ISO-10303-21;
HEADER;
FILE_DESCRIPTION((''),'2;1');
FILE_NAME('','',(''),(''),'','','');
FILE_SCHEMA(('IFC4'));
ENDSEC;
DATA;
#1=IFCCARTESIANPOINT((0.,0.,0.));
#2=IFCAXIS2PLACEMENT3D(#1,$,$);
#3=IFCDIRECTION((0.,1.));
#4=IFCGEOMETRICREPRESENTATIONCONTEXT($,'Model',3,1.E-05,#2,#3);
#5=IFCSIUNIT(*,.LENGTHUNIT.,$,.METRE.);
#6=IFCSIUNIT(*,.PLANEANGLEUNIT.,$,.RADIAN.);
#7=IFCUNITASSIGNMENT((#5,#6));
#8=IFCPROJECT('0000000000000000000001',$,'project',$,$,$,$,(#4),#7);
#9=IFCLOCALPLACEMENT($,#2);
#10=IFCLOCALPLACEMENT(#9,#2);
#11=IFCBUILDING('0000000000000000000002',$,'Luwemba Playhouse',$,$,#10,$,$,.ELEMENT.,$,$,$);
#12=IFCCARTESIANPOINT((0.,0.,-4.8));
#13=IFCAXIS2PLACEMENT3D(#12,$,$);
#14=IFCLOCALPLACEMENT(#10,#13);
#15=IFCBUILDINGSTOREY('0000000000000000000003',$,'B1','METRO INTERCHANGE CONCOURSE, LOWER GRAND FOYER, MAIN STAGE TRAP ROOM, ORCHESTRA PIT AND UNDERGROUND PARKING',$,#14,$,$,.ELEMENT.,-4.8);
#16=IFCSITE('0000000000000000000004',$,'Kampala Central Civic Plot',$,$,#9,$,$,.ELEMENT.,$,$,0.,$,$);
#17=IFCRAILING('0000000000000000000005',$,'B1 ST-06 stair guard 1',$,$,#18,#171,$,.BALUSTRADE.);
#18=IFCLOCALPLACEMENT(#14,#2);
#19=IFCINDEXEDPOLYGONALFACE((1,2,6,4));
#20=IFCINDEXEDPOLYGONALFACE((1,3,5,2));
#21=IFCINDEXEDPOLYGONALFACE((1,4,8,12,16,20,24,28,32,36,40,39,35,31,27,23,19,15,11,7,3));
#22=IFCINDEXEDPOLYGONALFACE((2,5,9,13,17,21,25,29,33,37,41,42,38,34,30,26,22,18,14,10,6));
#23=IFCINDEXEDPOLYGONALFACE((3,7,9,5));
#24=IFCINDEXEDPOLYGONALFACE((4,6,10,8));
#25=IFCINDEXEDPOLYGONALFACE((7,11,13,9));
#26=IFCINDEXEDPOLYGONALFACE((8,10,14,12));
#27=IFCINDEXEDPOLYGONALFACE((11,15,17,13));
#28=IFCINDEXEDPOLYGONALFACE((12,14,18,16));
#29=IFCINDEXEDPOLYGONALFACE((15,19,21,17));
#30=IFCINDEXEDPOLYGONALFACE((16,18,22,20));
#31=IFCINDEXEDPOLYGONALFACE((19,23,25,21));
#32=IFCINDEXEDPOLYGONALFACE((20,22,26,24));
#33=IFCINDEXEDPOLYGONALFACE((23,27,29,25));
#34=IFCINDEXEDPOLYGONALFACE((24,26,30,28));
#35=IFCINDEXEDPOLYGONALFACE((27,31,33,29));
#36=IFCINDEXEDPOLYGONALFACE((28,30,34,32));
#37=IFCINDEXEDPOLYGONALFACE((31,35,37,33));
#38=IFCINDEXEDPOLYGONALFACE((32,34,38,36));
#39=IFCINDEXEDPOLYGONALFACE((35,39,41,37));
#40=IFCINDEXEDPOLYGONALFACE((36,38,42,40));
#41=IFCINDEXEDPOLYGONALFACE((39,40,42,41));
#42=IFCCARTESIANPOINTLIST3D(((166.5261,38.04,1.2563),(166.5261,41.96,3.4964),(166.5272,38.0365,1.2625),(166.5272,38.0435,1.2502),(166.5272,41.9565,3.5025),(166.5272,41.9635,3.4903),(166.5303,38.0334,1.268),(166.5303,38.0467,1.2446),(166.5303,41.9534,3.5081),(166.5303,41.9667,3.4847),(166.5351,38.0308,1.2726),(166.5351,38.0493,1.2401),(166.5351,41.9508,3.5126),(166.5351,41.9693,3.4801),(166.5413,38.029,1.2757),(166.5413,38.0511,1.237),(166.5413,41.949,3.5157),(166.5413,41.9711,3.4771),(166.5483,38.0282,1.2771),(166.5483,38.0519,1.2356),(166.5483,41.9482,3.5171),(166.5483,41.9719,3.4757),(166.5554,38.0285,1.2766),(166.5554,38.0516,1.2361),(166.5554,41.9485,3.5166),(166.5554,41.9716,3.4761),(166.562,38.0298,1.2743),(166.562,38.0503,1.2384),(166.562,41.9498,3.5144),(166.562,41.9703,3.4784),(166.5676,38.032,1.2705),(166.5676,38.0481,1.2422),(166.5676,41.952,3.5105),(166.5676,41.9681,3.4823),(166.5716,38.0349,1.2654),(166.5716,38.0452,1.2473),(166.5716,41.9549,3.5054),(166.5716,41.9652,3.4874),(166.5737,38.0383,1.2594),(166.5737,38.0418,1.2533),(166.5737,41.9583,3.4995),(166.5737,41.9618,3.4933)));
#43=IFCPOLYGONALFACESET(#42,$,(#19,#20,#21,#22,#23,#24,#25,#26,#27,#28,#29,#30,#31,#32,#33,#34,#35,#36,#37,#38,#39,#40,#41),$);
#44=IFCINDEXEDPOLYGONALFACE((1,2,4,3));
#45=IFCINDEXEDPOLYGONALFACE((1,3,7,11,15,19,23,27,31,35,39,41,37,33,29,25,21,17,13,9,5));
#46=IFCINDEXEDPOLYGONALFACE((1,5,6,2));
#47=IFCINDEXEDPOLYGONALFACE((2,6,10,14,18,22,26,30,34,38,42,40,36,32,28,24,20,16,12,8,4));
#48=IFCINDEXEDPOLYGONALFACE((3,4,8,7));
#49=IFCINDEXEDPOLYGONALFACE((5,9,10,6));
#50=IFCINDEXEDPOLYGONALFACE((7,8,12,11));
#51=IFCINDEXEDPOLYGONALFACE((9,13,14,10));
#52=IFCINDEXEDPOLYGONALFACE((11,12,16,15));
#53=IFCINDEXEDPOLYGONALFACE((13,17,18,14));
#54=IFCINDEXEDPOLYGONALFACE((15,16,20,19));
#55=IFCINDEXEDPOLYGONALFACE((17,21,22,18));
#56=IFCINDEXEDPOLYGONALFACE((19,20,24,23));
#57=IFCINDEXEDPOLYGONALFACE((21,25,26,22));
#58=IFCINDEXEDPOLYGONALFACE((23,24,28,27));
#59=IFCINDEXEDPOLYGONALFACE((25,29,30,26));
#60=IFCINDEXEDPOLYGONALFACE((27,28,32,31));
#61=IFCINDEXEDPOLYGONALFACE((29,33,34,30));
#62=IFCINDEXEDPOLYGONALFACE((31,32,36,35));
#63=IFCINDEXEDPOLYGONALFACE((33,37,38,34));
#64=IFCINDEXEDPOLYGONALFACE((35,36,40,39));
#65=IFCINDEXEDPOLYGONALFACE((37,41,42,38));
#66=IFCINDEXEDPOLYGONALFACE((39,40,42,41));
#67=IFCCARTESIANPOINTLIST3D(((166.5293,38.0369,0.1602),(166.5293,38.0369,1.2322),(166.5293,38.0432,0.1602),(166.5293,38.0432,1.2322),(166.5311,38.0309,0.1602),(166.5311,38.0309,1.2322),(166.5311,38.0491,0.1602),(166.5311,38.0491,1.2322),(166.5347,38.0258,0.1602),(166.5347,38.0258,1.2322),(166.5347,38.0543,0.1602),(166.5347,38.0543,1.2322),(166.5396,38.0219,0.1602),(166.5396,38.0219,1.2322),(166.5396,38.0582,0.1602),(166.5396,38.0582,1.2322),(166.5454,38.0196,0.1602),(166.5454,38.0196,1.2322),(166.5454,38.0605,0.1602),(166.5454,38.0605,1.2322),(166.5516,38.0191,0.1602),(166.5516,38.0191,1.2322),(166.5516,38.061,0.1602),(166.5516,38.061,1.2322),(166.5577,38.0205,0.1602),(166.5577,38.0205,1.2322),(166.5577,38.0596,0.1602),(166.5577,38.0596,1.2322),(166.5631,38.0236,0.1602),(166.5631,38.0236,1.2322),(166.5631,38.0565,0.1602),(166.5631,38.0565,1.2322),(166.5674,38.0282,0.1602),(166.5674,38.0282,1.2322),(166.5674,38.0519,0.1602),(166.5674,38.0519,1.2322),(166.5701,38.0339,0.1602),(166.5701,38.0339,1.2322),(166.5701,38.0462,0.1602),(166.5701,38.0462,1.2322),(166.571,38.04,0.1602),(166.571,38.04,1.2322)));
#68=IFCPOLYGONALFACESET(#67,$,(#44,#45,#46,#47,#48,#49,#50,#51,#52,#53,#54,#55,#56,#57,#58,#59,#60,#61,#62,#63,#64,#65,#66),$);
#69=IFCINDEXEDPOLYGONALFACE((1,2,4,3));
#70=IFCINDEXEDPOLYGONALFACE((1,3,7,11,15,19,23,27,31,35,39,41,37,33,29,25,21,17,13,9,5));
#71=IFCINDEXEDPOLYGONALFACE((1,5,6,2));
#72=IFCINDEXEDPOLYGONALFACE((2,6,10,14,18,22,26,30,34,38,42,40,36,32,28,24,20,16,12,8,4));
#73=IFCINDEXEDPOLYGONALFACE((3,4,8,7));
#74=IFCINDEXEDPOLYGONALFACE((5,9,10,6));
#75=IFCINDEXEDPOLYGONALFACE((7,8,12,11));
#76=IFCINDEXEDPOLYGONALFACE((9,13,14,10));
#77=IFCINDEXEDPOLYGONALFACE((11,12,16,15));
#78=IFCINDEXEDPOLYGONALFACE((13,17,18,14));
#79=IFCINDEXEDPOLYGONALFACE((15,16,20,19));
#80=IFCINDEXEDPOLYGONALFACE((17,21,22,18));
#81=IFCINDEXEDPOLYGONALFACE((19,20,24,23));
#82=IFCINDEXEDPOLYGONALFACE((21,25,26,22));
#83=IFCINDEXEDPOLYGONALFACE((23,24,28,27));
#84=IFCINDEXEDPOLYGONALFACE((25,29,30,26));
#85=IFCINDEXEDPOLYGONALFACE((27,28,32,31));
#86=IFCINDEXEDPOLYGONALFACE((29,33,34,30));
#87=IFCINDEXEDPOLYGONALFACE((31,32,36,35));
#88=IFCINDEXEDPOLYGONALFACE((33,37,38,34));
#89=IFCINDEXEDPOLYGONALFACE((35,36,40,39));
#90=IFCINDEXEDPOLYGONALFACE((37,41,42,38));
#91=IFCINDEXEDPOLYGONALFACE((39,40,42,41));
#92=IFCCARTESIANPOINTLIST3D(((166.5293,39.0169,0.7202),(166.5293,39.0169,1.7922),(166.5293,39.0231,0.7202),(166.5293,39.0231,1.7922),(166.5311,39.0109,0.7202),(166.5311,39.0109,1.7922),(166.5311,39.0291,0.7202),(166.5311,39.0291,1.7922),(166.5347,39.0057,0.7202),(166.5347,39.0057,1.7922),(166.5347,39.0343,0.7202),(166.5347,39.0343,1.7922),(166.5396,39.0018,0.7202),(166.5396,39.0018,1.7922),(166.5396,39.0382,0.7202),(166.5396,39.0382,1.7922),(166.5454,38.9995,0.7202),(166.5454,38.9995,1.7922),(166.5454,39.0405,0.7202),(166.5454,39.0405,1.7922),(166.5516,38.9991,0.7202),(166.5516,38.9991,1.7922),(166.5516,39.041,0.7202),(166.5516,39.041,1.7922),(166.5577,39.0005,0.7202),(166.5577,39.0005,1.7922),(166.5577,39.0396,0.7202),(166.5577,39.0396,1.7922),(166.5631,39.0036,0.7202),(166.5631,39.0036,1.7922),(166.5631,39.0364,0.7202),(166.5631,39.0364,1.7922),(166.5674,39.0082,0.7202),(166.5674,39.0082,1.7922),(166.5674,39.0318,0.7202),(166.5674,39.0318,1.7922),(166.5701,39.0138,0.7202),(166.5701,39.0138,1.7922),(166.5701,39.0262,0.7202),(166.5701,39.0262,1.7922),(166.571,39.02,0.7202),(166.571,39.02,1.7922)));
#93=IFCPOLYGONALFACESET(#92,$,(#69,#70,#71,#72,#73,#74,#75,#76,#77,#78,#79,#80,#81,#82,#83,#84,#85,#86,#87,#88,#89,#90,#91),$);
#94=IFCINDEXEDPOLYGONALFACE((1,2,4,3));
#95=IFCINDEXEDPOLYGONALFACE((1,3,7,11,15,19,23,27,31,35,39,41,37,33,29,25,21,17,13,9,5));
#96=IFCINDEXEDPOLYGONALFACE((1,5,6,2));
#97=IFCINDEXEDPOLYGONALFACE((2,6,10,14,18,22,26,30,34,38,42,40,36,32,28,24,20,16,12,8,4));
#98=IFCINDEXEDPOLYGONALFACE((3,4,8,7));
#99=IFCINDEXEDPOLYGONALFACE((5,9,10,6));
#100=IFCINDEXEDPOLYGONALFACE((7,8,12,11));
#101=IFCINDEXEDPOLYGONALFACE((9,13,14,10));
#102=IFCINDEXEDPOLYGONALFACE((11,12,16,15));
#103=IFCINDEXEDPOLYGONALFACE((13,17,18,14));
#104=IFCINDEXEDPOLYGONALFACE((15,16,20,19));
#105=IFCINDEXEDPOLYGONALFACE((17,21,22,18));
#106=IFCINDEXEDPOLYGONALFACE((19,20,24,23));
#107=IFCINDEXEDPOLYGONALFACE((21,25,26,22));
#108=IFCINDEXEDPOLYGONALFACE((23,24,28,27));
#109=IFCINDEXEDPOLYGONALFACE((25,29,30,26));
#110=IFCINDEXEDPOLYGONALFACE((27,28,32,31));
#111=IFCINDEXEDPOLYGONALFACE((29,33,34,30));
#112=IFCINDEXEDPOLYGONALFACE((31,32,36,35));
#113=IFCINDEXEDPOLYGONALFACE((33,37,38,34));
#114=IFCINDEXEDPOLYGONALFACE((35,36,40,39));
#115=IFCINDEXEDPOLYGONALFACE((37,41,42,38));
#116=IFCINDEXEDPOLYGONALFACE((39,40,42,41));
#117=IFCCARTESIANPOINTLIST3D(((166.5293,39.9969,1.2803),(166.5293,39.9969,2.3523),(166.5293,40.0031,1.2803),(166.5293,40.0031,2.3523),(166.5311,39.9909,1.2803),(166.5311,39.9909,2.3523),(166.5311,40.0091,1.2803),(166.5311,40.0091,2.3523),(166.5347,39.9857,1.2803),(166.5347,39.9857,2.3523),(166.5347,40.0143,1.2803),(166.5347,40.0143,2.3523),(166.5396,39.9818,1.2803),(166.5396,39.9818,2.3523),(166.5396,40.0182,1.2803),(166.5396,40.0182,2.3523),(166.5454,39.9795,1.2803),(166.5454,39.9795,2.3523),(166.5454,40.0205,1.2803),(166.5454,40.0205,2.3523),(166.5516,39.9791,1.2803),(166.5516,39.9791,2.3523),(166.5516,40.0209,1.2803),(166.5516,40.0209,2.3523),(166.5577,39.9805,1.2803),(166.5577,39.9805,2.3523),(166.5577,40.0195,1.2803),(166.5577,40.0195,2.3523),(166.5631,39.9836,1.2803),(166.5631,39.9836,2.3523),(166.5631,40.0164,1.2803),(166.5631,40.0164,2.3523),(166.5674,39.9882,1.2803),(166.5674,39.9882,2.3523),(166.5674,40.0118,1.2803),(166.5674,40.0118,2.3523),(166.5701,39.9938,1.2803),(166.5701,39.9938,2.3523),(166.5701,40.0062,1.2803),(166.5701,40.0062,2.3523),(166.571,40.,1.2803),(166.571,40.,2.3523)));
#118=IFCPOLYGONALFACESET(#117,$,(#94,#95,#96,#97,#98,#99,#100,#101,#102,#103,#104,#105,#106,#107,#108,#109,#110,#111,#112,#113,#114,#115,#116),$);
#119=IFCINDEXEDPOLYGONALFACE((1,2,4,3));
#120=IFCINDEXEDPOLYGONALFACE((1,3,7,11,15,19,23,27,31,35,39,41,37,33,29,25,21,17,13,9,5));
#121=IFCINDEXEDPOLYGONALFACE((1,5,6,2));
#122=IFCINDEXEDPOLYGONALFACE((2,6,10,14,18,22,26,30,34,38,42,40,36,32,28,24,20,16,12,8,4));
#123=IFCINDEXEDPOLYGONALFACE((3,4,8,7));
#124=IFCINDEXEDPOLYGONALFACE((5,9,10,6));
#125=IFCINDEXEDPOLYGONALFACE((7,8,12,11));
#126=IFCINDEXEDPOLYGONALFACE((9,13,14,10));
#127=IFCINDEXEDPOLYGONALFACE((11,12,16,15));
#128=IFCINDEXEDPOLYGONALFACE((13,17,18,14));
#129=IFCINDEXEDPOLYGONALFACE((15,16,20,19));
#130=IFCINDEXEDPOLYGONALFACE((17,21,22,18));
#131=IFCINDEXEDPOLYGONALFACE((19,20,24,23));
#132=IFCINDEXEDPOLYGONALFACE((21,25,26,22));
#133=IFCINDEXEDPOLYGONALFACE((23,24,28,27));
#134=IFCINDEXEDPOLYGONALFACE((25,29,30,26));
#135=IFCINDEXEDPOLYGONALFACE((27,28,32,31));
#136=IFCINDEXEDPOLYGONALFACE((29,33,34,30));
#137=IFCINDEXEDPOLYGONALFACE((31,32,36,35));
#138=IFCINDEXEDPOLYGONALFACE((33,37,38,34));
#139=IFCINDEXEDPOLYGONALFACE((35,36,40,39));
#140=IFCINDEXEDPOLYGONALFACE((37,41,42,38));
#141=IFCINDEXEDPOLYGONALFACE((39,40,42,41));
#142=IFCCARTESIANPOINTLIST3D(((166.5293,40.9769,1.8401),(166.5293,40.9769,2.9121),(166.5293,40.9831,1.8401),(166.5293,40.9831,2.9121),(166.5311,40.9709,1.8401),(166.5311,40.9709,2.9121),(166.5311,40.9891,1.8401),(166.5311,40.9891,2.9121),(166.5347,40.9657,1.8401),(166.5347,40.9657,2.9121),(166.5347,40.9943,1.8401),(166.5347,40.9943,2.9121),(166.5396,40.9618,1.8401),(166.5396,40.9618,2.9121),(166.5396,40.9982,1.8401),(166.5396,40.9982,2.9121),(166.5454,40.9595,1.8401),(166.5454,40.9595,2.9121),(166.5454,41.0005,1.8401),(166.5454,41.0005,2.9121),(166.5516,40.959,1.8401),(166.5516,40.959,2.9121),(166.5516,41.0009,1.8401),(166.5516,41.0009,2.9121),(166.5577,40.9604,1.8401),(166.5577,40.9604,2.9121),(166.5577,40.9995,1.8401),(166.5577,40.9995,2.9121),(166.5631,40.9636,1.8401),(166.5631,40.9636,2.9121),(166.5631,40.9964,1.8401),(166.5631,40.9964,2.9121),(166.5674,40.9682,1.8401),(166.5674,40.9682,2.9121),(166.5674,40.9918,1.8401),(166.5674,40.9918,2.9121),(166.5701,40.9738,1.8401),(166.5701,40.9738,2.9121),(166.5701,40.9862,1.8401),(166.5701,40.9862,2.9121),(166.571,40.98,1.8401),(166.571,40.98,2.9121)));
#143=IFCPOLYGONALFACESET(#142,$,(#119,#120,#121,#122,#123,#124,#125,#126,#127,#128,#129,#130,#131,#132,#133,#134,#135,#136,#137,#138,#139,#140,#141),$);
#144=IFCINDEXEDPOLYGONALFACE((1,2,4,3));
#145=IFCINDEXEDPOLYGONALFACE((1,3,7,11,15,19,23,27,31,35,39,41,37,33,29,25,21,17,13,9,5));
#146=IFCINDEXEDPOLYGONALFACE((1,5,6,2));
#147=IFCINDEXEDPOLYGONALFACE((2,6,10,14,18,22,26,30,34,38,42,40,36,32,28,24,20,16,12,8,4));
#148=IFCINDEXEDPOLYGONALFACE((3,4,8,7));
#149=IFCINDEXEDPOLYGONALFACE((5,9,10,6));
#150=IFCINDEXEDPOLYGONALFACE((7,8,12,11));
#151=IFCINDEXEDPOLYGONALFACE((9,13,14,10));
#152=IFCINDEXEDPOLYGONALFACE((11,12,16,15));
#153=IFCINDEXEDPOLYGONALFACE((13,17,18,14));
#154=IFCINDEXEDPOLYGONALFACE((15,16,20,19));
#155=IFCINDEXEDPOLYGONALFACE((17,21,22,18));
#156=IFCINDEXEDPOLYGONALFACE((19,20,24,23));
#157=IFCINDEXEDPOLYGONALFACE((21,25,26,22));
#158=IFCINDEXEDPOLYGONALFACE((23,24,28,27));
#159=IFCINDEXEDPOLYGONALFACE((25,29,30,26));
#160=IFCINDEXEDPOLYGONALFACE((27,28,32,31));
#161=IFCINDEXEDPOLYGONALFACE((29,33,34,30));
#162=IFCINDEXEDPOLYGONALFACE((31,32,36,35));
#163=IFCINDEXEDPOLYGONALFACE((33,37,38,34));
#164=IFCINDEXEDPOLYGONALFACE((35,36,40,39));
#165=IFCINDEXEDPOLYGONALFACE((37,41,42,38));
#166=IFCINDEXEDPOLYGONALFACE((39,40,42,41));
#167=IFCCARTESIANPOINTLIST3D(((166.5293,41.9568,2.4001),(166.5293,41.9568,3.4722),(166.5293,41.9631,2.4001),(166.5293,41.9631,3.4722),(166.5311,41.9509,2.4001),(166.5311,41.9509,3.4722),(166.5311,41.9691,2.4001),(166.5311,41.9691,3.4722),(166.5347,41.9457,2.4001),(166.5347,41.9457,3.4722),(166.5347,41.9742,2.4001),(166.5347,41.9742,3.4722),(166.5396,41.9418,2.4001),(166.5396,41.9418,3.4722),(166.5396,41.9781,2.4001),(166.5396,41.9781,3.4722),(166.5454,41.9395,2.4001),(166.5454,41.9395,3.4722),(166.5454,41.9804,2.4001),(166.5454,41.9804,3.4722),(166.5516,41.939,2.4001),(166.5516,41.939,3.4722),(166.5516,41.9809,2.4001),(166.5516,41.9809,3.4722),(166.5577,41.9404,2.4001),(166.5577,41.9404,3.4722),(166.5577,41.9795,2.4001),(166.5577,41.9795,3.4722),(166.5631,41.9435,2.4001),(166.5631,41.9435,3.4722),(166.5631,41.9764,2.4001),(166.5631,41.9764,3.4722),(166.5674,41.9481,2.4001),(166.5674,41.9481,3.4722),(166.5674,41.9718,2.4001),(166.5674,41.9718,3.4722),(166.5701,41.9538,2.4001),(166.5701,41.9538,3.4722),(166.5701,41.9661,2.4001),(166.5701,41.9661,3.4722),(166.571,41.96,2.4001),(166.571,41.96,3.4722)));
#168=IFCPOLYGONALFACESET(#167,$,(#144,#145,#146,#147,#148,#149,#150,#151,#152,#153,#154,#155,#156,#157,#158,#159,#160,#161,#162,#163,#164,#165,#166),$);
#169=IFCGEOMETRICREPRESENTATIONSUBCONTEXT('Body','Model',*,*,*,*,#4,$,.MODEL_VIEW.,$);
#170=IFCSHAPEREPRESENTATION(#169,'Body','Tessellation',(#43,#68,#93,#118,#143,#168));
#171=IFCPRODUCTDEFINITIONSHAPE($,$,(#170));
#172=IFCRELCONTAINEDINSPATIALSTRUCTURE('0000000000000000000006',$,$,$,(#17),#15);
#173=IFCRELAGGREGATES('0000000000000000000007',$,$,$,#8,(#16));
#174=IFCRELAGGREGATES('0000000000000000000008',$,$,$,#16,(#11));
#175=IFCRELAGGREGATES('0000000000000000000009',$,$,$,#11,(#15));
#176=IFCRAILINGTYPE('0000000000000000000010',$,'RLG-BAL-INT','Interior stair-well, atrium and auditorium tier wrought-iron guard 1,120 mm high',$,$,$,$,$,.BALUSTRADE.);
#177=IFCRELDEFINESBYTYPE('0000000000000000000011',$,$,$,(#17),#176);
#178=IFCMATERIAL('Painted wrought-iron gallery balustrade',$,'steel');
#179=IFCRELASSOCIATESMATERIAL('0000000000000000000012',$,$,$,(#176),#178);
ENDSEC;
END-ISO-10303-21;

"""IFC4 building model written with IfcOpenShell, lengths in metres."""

from ifc_helpers import new_model, si_unit, direction, frame, origin, origin_2d, place, context, subcontext, project, spatial, circle, extrude, material, type_object, element, save


model = new_model("IFC4")

# Units and contexts
model_context = context("Model", 3, precision=1e-05, world=origin(), true_north=direction((0.0, 1.0)))
body_context = subcontext(model_context, "Body", "Model", "MODEL_VIEW")
ifc_project = project(units=[si_unit("LENGTHUNIT", "METRE"), si_unit("PLANEANGLEUNIT", "RADIAN")], contexts=[model_context])

# Site, building, storey
site_placement = place(None, origin())
site = spatial("IfcSite", under=ifc_project, at=site_placement, Name="Kampala Central Civic Plot", CompositionType="ELEMENT", RefElevation=0.0)
building_placement = place(site_placement, origin())
building = spatial("IfcBuilding", under=site, at=building_placement, Name="Luwemba Playhouse", CompositionType="ELEMENT")
storey_placement = place(building_placement, frame((0.0, 0.0, -4.8)))
storey = spatial("IfcBuildingStorey", under=building, at=storey_placement, Name="B1", Description="METRO INTERCHANGE CONCOURSE, LOWER GRAND FOYER, MAIN STAGE TRAP ROOM, ORCHESTRA PIT AND UNDERGROUND PARKING", CompositionType="ELEMENT", Elevation=-4.8)

# Railing
ifc_material_1 = material(Name="Painted wrought-iron gallery balustrade", Category="steel")
railing_type_1 = type_object("IfcRailingType", Name="RLG-BAL-INT", Description="Interior stair-well, atrium and auditorium tier wrought-iron guard 1,120 mm high", PredefinedType="BALUSTRADE", material=ifc_material_1)
railing_1_placement = place(storey_placement, frame((166.55, 38.04, 0.1602)))
element("IfcRailing", 1, at=railing_1_placement, inside=storey, type_object=railing_type_1, Name="B1 ST-06 stair guard 1", PredefinedType="BALUSTRADE", context=body_context, shape_type="SweptSolid", body=[
    extrude(circle(Radius=0.0239, at=origin_2d()), frame((0.0, 0.0, 1.0962), z_axis=(0.0, 0.86824, 0.496145), x_axis=(-1.0, 0.0, 0.0)), (0.0, 0.0, 1.0), 4.5149),
    extrude(circle(Radius=0.021, at=origin_2d()), origin(), (0.0, 0.0, 1.0), 1.072),
    extrude(circle(Radius=0.021, at=origin_2d()), frame((0.0, 0.98, 0.5601)), (0.0, 0.0, 1.0), 1.072),
    extrude(circle(Radius=0.021, at=origin_2d()), frame((0.0, 1.96, 1.1201)), (0.0, 0.0, 1.0), 1.072),
    extrude(circle(Radius=0.021, at=origin_2d()), frame((0.0, 2.9399, 1.6799)), (0.0, 0.0, 1.0), 1.072),
    extrude(circle(Radius=0.021, at=origin_2d()), frame((0.0, 3.9199, 2.24)), (0.0, 0.0, 1.0), 1.072),
])

save(model, "model.ifc")
